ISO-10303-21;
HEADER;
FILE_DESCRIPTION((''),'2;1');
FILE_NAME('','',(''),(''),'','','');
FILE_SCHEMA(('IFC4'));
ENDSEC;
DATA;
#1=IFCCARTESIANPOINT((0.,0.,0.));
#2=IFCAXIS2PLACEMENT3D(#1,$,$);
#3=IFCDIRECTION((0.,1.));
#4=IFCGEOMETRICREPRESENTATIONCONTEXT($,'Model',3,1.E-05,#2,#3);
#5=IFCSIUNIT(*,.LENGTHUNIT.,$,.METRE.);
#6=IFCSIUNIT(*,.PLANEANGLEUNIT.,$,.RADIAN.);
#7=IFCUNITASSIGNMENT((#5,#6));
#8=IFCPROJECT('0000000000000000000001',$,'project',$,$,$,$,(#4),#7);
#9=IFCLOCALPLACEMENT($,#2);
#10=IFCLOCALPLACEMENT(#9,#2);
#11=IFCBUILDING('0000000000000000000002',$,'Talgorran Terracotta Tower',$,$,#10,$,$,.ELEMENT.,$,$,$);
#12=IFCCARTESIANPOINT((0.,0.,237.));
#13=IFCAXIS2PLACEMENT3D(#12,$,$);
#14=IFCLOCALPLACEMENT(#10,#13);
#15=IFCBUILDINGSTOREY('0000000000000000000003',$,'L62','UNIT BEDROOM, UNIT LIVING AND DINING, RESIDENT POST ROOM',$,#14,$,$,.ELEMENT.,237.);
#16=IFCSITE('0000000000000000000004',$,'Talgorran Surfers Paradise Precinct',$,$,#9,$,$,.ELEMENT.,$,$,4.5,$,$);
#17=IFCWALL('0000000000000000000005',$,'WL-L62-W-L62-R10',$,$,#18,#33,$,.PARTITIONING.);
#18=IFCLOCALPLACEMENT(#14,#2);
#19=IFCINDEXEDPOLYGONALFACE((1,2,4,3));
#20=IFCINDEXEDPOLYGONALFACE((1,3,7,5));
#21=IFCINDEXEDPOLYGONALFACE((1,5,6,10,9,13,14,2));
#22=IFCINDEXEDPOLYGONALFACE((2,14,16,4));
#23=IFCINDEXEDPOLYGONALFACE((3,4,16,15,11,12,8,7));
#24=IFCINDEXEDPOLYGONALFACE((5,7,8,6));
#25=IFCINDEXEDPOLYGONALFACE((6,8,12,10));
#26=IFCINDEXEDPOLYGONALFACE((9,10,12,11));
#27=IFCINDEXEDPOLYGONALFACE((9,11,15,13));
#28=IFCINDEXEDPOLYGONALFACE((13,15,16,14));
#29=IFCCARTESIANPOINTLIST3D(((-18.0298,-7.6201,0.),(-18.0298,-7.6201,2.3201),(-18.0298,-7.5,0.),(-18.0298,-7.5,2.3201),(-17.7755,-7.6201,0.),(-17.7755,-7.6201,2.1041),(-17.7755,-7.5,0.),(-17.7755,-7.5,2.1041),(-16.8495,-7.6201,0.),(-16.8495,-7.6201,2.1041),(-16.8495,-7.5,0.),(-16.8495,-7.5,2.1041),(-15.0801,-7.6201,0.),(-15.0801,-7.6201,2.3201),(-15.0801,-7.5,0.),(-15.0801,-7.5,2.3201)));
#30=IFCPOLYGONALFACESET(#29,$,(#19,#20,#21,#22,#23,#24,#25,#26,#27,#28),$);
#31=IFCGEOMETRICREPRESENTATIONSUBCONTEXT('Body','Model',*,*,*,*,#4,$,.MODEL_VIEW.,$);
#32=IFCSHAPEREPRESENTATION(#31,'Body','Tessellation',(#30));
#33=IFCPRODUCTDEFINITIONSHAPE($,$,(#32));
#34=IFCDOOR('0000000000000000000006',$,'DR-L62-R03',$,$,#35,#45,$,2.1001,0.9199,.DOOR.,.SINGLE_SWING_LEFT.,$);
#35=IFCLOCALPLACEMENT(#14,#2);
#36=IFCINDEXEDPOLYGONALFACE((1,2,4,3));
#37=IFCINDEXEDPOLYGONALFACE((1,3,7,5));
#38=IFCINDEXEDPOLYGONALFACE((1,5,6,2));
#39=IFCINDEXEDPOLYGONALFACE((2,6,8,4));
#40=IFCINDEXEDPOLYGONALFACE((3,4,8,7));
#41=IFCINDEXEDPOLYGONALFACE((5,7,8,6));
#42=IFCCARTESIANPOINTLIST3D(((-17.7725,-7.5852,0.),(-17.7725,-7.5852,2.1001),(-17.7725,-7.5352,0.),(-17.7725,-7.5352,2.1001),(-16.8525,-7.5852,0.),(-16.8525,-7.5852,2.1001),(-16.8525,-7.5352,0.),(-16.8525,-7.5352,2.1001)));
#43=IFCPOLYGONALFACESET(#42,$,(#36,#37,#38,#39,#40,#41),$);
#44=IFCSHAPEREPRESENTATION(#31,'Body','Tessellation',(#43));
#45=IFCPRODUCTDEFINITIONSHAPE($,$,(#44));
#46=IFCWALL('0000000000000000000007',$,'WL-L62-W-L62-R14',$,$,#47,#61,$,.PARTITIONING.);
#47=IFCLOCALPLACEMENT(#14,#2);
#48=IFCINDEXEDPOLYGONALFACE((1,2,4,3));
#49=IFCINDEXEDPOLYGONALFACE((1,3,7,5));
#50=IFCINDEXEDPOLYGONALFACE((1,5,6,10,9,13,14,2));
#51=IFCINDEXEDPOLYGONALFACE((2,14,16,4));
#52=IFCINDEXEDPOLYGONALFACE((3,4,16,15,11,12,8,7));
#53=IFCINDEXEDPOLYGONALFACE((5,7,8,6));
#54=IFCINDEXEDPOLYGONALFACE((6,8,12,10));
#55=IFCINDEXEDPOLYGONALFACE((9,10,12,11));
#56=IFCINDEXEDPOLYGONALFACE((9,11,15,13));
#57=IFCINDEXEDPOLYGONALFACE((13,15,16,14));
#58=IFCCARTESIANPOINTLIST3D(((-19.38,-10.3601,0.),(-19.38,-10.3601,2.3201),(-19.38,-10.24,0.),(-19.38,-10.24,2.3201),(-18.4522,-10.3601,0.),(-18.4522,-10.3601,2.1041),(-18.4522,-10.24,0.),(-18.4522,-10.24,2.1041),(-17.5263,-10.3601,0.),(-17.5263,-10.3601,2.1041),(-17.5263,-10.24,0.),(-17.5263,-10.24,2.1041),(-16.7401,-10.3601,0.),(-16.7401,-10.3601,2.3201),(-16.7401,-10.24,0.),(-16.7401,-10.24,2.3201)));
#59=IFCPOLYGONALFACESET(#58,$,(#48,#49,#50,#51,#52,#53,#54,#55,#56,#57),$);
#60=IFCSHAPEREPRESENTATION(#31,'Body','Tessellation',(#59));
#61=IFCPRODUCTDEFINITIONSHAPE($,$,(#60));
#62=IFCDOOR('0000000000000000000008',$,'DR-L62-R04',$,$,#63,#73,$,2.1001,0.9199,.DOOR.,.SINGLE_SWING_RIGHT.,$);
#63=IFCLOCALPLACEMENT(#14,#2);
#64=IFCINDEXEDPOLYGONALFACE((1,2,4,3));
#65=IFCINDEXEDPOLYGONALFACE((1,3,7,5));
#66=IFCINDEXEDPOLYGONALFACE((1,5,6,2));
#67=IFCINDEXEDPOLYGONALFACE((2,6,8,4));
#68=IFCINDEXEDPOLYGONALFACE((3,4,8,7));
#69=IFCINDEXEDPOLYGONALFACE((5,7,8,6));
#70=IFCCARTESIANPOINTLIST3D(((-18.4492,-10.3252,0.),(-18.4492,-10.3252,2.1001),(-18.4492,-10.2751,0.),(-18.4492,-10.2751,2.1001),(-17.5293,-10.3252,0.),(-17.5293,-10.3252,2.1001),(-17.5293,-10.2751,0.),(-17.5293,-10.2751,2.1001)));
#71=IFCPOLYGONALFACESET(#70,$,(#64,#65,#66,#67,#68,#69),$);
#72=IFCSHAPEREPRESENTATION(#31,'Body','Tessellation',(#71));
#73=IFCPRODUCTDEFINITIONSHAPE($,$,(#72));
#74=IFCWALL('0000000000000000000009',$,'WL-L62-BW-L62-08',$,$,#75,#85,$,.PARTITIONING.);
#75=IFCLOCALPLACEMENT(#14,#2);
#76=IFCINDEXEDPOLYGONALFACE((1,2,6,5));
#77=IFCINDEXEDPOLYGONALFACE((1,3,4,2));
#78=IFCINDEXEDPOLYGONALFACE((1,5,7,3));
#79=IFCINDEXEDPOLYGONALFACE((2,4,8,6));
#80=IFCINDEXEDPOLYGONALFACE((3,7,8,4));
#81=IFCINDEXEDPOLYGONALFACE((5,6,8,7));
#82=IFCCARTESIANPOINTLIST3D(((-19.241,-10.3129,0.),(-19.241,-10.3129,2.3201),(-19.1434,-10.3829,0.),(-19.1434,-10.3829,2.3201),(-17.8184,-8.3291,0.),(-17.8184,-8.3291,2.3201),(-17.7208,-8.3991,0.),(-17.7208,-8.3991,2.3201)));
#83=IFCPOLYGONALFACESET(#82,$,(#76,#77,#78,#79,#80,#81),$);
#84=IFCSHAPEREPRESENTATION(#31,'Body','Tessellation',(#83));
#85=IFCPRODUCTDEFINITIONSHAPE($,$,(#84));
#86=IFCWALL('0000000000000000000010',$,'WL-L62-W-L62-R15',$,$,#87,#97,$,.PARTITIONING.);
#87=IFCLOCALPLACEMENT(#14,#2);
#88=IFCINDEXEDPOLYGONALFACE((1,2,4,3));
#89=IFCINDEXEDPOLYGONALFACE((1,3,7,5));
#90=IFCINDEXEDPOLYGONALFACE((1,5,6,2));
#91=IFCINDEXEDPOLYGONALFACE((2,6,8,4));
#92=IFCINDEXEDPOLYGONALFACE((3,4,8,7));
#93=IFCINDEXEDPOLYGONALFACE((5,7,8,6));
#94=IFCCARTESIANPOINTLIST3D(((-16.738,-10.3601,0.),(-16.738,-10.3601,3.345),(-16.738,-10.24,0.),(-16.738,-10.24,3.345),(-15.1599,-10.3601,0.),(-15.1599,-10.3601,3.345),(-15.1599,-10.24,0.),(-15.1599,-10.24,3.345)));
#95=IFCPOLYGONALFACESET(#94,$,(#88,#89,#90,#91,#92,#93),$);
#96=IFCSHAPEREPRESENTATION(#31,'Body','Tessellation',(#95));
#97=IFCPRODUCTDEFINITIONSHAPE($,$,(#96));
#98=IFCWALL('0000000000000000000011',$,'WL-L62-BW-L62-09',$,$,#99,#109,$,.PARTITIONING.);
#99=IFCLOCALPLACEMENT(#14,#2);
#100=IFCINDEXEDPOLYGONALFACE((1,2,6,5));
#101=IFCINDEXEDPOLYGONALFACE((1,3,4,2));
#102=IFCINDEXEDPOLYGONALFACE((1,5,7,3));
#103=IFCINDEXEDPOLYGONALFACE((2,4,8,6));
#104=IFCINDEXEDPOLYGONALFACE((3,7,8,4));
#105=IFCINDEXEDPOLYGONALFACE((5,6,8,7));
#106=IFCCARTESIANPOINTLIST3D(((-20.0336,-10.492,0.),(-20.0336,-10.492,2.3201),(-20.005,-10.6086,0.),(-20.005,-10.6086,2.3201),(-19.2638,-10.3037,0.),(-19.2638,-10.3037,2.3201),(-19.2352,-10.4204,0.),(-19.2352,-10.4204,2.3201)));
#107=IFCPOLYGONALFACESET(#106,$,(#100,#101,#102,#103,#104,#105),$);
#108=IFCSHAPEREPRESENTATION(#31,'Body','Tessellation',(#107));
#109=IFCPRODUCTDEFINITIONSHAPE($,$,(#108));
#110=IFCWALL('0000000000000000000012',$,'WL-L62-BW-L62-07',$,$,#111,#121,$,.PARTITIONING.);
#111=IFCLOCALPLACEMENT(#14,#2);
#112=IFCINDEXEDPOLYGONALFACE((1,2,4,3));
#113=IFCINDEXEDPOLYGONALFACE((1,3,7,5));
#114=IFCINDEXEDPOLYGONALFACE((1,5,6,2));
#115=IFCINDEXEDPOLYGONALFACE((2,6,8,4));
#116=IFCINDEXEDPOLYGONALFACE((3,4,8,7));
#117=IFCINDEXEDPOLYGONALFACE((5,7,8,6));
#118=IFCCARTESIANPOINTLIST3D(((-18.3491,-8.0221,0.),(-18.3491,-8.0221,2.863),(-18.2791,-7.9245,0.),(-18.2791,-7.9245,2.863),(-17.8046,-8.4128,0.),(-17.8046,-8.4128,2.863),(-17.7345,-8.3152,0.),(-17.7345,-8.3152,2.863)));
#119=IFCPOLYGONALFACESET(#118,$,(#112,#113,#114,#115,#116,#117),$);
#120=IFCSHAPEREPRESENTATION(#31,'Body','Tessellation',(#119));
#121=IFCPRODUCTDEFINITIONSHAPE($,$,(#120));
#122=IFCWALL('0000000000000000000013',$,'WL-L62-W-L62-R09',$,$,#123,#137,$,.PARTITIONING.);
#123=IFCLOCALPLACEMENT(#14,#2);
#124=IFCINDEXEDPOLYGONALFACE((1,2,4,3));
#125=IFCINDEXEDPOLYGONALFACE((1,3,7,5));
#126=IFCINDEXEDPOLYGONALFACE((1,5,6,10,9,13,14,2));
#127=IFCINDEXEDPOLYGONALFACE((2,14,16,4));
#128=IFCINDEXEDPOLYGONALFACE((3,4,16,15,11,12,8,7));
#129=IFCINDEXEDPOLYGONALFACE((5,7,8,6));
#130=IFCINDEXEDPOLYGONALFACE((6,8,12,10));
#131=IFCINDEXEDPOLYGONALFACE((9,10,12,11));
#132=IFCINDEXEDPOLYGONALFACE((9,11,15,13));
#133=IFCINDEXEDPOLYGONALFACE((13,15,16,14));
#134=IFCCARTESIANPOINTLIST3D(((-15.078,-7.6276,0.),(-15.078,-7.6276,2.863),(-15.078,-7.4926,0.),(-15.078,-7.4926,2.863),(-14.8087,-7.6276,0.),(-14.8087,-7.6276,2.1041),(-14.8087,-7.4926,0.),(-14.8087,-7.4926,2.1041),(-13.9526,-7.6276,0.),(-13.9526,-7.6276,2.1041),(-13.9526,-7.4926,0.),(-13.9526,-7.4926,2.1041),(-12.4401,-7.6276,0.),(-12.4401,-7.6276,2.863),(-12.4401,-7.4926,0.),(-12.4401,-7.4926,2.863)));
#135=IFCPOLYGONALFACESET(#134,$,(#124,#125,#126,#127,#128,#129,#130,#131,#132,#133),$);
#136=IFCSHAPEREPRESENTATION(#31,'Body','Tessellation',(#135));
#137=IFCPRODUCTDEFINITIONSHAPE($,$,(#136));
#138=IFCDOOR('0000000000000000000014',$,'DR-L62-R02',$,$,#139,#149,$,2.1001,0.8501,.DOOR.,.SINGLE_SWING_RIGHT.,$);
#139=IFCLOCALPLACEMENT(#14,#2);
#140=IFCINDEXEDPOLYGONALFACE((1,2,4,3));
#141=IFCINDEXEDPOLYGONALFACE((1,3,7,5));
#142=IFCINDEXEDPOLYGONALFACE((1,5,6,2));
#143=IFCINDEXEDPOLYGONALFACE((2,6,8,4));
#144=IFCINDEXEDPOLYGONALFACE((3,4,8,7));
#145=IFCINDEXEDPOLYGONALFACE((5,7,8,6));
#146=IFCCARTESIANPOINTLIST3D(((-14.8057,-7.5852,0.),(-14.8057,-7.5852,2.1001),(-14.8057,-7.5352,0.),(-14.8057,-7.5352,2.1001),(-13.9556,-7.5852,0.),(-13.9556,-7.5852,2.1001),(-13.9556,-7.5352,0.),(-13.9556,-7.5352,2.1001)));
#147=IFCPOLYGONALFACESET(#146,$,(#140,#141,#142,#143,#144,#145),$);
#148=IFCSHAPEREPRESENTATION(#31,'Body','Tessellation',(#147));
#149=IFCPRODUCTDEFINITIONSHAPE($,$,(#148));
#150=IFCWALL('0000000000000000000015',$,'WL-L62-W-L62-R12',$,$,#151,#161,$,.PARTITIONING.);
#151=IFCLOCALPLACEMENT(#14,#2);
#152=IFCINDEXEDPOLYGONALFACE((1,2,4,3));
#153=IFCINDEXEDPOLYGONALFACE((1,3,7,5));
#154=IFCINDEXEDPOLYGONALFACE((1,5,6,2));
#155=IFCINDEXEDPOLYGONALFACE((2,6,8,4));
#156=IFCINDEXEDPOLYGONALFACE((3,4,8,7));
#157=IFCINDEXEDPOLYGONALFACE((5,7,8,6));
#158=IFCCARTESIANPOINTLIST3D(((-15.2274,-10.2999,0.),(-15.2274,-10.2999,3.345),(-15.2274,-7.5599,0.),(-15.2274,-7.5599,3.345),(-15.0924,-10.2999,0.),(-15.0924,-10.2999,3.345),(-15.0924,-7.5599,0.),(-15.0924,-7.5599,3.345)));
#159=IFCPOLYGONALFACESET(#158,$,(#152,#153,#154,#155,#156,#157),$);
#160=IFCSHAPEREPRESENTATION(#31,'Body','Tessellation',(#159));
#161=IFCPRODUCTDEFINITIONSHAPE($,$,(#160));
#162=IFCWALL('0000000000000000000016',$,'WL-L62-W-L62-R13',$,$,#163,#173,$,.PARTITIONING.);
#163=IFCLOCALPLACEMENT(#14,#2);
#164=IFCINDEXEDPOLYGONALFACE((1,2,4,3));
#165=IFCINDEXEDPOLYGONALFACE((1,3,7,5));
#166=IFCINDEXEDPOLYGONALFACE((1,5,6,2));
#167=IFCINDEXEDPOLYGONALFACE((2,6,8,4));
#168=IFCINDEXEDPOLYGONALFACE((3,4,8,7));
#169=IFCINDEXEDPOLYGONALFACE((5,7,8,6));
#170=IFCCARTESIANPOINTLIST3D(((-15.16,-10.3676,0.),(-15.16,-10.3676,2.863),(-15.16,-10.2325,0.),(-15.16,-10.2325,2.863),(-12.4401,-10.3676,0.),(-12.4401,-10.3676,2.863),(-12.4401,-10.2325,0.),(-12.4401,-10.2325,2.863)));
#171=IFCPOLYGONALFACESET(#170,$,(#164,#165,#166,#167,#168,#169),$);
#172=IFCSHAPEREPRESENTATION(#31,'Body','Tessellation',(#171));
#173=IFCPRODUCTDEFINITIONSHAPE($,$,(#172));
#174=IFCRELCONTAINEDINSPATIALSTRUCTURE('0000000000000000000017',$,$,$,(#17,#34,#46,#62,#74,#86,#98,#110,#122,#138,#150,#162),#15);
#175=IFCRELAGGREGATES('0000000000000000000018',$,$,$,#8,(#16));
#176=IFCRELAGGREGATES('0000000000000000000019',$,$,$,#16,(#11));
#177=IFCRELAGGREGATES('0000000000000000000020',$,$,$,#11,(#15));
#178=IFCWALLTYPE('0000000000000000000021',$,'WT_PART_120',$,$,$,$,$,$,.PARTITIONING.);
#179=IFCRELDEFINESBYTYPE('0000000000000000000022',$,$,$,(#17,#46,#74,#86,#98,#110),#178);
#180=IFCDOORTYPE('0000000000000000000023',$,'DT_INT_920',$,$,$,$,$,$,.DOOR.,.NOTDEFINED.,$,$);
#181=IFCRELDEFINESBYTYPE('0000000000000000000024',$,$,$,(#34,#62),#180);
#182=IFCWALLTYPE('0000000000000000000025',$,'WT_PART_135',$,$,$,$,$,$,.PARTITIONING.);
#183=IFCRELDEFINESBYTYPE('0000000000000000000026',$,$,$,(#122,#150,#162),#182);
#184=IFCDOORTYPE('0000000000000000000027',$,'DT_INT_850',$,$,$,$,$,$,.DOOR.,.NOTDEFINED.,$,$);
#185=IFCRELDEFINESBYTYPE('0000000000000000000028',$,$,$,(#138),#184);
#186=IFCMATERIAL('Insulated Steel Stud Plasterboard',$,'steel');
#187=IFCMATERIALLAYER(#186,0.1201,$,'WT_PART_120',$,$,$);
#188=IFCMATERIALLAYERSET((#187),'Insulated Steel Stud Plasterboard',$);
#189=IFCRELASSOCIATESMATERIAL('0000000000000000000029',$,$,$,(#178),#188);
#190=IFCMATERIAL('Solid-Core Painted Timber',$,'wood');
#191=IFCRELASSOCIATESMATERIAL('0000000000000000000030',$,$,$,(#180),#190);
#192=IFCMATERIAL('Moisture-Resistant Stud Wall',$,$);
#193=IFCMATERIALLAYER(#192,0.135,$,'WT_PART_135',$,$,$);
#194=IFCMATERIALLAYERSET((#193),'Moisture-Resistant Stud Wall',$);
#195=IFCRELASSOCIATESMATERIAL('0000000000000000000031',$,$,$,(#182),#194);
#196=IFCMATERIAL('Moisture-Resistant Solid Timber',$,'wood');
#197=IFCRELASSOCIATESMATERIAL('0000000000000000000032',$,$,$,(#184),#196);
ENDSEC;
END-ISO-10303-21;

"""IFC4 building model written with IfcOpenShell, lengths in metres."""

from ifc_helpers import new_model, si_unit, direction, frame, frame_2d, origin, place, context, subcontext, project, spatial, rectangle, extrude, material, layer, layer_set, type_object, element, fill, save


model = new_model("IFC4")

# Units and contexts
model_context = context("Model", 3, precision=1e-05, world=origin(), true_north=direction((0.0, 1.0)))
body_context = subcontext(model_context, "Body", "Model", "MODEL_VIEW")
ifc_project = project(units=[si_unit("LENGTHUNIT", "METRE"), si_unit("PLANEANGLEUNIT", "RADIAN")], contexts=[model_context])

# Site, building, storey
site_placement = place(None, origin())
site = spatial("IfcSite", under=ifc_project, at=site_placement, Name="Talgorran Surfers Paradise Precinct", CompositionType="ELEMENT", RefElevation=4.5)
building_placement = place(site_placement, origin())
building = spatial("IfcBuilding", under=site, at=building_placement, Name="Talgorran Terracotta Tower", CompositionType="ELEMENT")
storey_placement = place(building_placement, frame((0.0, 0.0, 237.0)))
storey = spatial("IfcBuildingStorey", under=building, at=storey_placement, Name="L62", Description="UNIT BEDROOM, UNIT LIVING AND DINING, RESIDENT POST ROOM", CompositionType="ELEMENT", Elevation=237.0)

# Walls, openings, doors
ifc_material_1 = material(Name="Insulated Steel Stud Plasterboard", Category="steel")
ifc_layer_1 = layer(ifc_material_1, 0.1201, Name="WT_PART_120")
ifc_layer_set_1 = layer_set([ifc_layer_1], Name="Insulated Steel Stud Plasterboard")
wall_type_1 = type_object("IfcWallType", Name="WT_PART_120", PredefinedType="PARTITIONING", material=ifc_layer_set_1)
wall_1_placement = place(storey_placement, frame((-18.0298, -7.5601, 0.0), z_axis=(0.0, 0.0, 1.0), x_axis=(1.0, 0.0, 0.0)))
wall_1 = element("IfcWall", 1, at=wall_1_placement, inside=storey, type_object=wall_type_1, Name="WL-L62-W-L62-R10", PredefinedType="PARTITIONING", context=body_context, shape_type="SweptSolid", body=[
    extrude(rectangle(XDim=2.9497, YDim=0.1201, at=frame_2d((1.4749, 0.0))), origin(), (0.0, 0.0, 1.0), 2.3201),
])
opening_1_placement = place(wall_1_placement, frame((0.2573, 0.0, 0.0)))
opening_1 = element("IfcOpeningElement", 2, at=opening_1_placement, cuts=wall_1, PredefinedType="OPENING", context=body_context, shape_type="SweptSolid", body=[
    extrude(rectangle(XDim=0.9259, YDim=2.1041, at=frame_2d((0.46, 1.052))), frame((0.0, 0.0701, 0.0), z_axis=(0.0, -1.0, 0.0), x_axis=(1.0, 0.0, 0.0)), (0.0, 0.0, 1.0), 0.1401),
])
ifc_material_2 = material(Name="Solid-Core Painted Timber", Category="wood")
door_type_1 = type_object("IfcDoorType", Name="DT_INT_920", OperationType="NOTDEFINED", PredefinedType="DOOR", material=ifc_material_2)
door_1_placement = place(opening_1_placement, origin())
door_1 = element("IfcDoor", 3, at=door_1_placement, inside=storey, type_object=door_type_1, Name="DR-L62-R03", OperationType="SINGLE_SWING_LEFT", OverallHeight=2.1001, OverallWidth=0.9199, PredefinedType="DOOR", context=body_context, shape_type="SweptSolid", body=[
    extrude(rectangle(XDim=0.9199, YDim=2.1001, at=frame_2d((0.46, 1.05))), frame((0.0, 0.0249, 0.0), z_axis=(0.0, -1.0, 0.0), x_axis=(1.0, 0.0, 0.0)), (0.0, 0.0, 1.0), 0.05),
])
fill(opening_1, door_1)
wall_2_placement = place(storey_placement, frame((-19.3799, -10.3, 0.0), z_axis=(0.0, 0.0, 1.0), x_axis=(1.0, 0.0, 0.0)))
wall_2 = element("IfcWall", 4, at=wall_2_placement, inside=storey, type_object=wall_type_1, Name="WL-L62-W-L62-R14", PredefinedType="PARTITIONING", context=body_context, shape_type="SweptSolid", body=[
    extrude(rectangle(XDim=2.6399, YDim=0.1201, at=frame_2d((1.3198, 0.0))), origin(), (0.0, 0.0, 1.0), 2.3201),
])
opening_2_placement = place(wall_2_placement, frame((0.9307, 0.0, 0.0)))
opening_2 = element("IfcOpeningElement", 5, at=opening_2_placement, cuts=wall_2, PredefinedType="OPENING", context=body_context, shape_type="SweptSolid", body=[
    extrude(rectangle(XDim=0.9259, YDim=2.1041, at=frame_2d((0.46, 1.052))), frame((0.0, 0.0701, 0.0), z_axis=(0.0, -1.0, 0.0), x_axis=(1.0, 0.0, 0.0)), (0.0, 0.0, 1.0), 0.1401),
])
door_2_placement = place(opening_2_placement, origin())
door_2 = element("IfcDoor", 6, at=door_2_placement, inside=storey, type_object=door_type_1, Name="DR-L62-R04", OperationType="SINGLE_SWING_RIGHT", OverallHeight=2.1001, OverallWidth=0.9199, PredefinedType="DOOR", context=body_context, shape_type="SweptSolid", body=[
    extrude(rectangle(XDim=0.9199, YDim=2.1001, at=frame_2d((0.46, 1.05))), frame((0.0, 0.0249, 0.0), z_axis=(0.0, -1.0, 0.0), x_axis=(1.0, 0.0, 0.0)), (0.0, 0.0, 1.0), 0.05),
])
fill(opening_2, door_2)

# Walls
wall_3_placement = place(storey_placement, frame((-17.7695, -8.364, 0.0), z_axis=(0.0, 0.0, 1.0), x_axis=(-0.582741, -0.812658, 0.0)))
element("IfcWall", 7, at=wall_3_placement, inside=storey, type_object=wall_type_1, Name="WL-L62-BW-L62-08", PredefinedType="PARTITIONING", context=body_context, shape_type="SweptSolid", body=[
    extrude(rectangle(XDim=2.4412, YDim=0.1201, at=frame_2d((1.2207, 0.0))), origin(), (0.0, 0.0, 1.0), 2.3201),
])
wall_4_placement = place(storey_placement, frame((-16.738, -10.3, 0.0), z_axis=(0.0, 0.0, 1.0), x_axis=(1.0, 0.0, 0.0)))
element("IfcWall", 8, at=wall_4_placement, inside=storey, type_object=wall_type_1, Name="WL-L62-W-L62-R15", PredefinedType="PARTITIONING", context=body_context, shape_type="SweptSolid", body=[
    extrude(rectangle(XDim=1.5781, YDim=0.1201, at=frame_2d((0.7891, 0.0))), origin(), (0.0, 0.0, 1.0), 3.345),
])
wall_5_placement = place(storey_placement, frame((-19.2495, -10.3621, 0.0), z_axis=(0.0, 0.0, 1.0), x_axis=(-0.97138, -0.237531, 0.0)))
element("IfcWall", 9, at=wall_5_placement, inside=storey, type_object=wall_type_1, Name="WL-L62-BW-L62-09", PredefinedType="PARTITIONING", context=body_context, shape_type="SweptSolid", body=[
    extrude(rectangle(XDim=0.7925, YDim=0.1201, at=frame_2d((0.3962, 0.0))), origin(), (0.0, 0.0, 1.0), 2.3201),
])
wall_6_placement = place(storey_placement, frame((-18.314, -7.9734, 0.0), z_axis=(0.0, 0.0, 1.0), x_axis=(0.812501, -0.58296, 0.0)))
element("IfcWall", 10, at=wall_6_placement, inside=storey, type_object=wall_type_1, Name="WL-L62-BW-L62-07", PredefinedType="PARTITIONING", context=body_context, shape_type="SweptSolid", body=[
    extrude(rectangle(XDim=0.6702, YDim=0.1201, at=frame_2d((0.335, 0.0))), origin(), (0.0, 0.0, 1.0), 2.863),
])

# Wall, opening, door
ifc_material_3 = material(Name="Moisture-Resistant Stud Wall")
ifc_layer_2 = layer(ifc_material_3, 0.135, Name="WT_PART_135")
ifc_layer_set_2 = layer_set([ifc_layer_2], Name="Moisture-Resistant Stud Wall")
wall_type_2 = type_object("IfcWallType", Name="WT_PART_135", PredefinedType="PARTITIONING", material=ifc_layer_set_2)
wall_7_placement = place(storey_placement, frame((-15.0779, -7.5601, 0.0), z_axis=(0.0, 0.0, 1.0), x_axis=(1.0, 0.0, 0.0)))
wall_7 = element("IfcWall", 11, at=wall_7_placement, inside=storey, type_object=wall_type_2, Name="WL-L62-W-L62-R09", PredefinedType="PARTITIONING", context=body_context, shape_type="SweptSolid", body=[
    extrude(rectangle(XDim=2.6379, YDim=0.135, at=frame_2d((1.3188, 0.0))), origin(), (0.0, 0.0, 1.0), 2.863),
])
opening_3_placement = place(wall_7_placement, frame((0.2722, 0.0, 0.0)))
opening_3 = element("IfcOpeningElement", 12, at=opening_3_placement, cuts=wall_7, PredefinedType="OPENING", context=body_context, shape_type="SweptSolid", body=[
    extrude(rectangle(XDim=0.8561, YDim=2.1041, at=frame_2d((0.425, 1.052))), frame((0.0, 0.0776, 0.0), z_axis=(0.0, -1.0, 0.0), x_axis=(1.0, 0.0, 0.0)), (0.0, 0.0, 1.0), 0.155),
])
ifc_material_4 = material(Name="Moisture-Resistant Solid Timber", Category="wood")
door_type_2 = type_object("IfcDoorType", Name="DT_INT_850", OperationType="NOTDEFINED", PredefinedType="DOOR", material=ifc_material_4)
door_3_placement = place(opening_3_placement, origin())
door_3 = element("IfcDoor", 13, at=door_3_placement, inside=storey, type_object=door_type_2, Name="DR-L62-R02", OperationType="SINGLE_SWING_RIGHT", OverallHeight=2.1001, OverallWidth=0.8501, PredefinedType="DOOR", context=body_context, shape_type="SweptSolid", body=[
    extrude(rectangle(XDim=0.8501, YDim=2.1001, at=frame_2d((0.425, 1.05))), frame((0.0, 0.0249, 0.0), z_axis=(0.0, -1.0, 0.0), x_axis=(1.0, 0.0, 0.0)), (0.0, 0.0, 1.0), 0.05),
])
fill(opening_3, door_3)

# Walls
wall_8_placement = place(storey_placement, frame((-15.1599, -10.3, 0.0), z_axis=(0.0, 0.0, 1.0), x_axis=(0.0, 1.0, 0.0)))
element("IfcWall", 14, at=wall_8_placement, inside=storey, type_object=wall_type_2, Name="WL-L62-W-L62-R12", PredefinedType="PARTITIONING", context=body_context, shape_type="SweptSolid", body=[
    extrude(rectangle(XDim=2.74, YDim=0.135, at=frame_2d((1.3701, 0.0))), origin(), (0.0, 0.0, 1.0), 3.345),
])
wall_9_placement = place(storey_placement, frame((-15.1599, -10.3, 0.0), z_axis=(0.0, 0.0, 1.0), x_axis=(1.0, 0.0, 0.0)))
element("IfcWall", 15, at=wall_9_placement, inside=storey, type_object=wall_type_2, Name="WL-L62-W-L62-R13", PredefinedType="PARTITIONING", context=body_context, shape_type="SweptSolid", body=[
    extrude(rectangle(XDim=2.72, YDim=0.135, at=frame_2d((1.3599, 0.0))), origin(), (0.0, 0.0, 1.0), 2.863),
])

save(model, "model.ifc")
